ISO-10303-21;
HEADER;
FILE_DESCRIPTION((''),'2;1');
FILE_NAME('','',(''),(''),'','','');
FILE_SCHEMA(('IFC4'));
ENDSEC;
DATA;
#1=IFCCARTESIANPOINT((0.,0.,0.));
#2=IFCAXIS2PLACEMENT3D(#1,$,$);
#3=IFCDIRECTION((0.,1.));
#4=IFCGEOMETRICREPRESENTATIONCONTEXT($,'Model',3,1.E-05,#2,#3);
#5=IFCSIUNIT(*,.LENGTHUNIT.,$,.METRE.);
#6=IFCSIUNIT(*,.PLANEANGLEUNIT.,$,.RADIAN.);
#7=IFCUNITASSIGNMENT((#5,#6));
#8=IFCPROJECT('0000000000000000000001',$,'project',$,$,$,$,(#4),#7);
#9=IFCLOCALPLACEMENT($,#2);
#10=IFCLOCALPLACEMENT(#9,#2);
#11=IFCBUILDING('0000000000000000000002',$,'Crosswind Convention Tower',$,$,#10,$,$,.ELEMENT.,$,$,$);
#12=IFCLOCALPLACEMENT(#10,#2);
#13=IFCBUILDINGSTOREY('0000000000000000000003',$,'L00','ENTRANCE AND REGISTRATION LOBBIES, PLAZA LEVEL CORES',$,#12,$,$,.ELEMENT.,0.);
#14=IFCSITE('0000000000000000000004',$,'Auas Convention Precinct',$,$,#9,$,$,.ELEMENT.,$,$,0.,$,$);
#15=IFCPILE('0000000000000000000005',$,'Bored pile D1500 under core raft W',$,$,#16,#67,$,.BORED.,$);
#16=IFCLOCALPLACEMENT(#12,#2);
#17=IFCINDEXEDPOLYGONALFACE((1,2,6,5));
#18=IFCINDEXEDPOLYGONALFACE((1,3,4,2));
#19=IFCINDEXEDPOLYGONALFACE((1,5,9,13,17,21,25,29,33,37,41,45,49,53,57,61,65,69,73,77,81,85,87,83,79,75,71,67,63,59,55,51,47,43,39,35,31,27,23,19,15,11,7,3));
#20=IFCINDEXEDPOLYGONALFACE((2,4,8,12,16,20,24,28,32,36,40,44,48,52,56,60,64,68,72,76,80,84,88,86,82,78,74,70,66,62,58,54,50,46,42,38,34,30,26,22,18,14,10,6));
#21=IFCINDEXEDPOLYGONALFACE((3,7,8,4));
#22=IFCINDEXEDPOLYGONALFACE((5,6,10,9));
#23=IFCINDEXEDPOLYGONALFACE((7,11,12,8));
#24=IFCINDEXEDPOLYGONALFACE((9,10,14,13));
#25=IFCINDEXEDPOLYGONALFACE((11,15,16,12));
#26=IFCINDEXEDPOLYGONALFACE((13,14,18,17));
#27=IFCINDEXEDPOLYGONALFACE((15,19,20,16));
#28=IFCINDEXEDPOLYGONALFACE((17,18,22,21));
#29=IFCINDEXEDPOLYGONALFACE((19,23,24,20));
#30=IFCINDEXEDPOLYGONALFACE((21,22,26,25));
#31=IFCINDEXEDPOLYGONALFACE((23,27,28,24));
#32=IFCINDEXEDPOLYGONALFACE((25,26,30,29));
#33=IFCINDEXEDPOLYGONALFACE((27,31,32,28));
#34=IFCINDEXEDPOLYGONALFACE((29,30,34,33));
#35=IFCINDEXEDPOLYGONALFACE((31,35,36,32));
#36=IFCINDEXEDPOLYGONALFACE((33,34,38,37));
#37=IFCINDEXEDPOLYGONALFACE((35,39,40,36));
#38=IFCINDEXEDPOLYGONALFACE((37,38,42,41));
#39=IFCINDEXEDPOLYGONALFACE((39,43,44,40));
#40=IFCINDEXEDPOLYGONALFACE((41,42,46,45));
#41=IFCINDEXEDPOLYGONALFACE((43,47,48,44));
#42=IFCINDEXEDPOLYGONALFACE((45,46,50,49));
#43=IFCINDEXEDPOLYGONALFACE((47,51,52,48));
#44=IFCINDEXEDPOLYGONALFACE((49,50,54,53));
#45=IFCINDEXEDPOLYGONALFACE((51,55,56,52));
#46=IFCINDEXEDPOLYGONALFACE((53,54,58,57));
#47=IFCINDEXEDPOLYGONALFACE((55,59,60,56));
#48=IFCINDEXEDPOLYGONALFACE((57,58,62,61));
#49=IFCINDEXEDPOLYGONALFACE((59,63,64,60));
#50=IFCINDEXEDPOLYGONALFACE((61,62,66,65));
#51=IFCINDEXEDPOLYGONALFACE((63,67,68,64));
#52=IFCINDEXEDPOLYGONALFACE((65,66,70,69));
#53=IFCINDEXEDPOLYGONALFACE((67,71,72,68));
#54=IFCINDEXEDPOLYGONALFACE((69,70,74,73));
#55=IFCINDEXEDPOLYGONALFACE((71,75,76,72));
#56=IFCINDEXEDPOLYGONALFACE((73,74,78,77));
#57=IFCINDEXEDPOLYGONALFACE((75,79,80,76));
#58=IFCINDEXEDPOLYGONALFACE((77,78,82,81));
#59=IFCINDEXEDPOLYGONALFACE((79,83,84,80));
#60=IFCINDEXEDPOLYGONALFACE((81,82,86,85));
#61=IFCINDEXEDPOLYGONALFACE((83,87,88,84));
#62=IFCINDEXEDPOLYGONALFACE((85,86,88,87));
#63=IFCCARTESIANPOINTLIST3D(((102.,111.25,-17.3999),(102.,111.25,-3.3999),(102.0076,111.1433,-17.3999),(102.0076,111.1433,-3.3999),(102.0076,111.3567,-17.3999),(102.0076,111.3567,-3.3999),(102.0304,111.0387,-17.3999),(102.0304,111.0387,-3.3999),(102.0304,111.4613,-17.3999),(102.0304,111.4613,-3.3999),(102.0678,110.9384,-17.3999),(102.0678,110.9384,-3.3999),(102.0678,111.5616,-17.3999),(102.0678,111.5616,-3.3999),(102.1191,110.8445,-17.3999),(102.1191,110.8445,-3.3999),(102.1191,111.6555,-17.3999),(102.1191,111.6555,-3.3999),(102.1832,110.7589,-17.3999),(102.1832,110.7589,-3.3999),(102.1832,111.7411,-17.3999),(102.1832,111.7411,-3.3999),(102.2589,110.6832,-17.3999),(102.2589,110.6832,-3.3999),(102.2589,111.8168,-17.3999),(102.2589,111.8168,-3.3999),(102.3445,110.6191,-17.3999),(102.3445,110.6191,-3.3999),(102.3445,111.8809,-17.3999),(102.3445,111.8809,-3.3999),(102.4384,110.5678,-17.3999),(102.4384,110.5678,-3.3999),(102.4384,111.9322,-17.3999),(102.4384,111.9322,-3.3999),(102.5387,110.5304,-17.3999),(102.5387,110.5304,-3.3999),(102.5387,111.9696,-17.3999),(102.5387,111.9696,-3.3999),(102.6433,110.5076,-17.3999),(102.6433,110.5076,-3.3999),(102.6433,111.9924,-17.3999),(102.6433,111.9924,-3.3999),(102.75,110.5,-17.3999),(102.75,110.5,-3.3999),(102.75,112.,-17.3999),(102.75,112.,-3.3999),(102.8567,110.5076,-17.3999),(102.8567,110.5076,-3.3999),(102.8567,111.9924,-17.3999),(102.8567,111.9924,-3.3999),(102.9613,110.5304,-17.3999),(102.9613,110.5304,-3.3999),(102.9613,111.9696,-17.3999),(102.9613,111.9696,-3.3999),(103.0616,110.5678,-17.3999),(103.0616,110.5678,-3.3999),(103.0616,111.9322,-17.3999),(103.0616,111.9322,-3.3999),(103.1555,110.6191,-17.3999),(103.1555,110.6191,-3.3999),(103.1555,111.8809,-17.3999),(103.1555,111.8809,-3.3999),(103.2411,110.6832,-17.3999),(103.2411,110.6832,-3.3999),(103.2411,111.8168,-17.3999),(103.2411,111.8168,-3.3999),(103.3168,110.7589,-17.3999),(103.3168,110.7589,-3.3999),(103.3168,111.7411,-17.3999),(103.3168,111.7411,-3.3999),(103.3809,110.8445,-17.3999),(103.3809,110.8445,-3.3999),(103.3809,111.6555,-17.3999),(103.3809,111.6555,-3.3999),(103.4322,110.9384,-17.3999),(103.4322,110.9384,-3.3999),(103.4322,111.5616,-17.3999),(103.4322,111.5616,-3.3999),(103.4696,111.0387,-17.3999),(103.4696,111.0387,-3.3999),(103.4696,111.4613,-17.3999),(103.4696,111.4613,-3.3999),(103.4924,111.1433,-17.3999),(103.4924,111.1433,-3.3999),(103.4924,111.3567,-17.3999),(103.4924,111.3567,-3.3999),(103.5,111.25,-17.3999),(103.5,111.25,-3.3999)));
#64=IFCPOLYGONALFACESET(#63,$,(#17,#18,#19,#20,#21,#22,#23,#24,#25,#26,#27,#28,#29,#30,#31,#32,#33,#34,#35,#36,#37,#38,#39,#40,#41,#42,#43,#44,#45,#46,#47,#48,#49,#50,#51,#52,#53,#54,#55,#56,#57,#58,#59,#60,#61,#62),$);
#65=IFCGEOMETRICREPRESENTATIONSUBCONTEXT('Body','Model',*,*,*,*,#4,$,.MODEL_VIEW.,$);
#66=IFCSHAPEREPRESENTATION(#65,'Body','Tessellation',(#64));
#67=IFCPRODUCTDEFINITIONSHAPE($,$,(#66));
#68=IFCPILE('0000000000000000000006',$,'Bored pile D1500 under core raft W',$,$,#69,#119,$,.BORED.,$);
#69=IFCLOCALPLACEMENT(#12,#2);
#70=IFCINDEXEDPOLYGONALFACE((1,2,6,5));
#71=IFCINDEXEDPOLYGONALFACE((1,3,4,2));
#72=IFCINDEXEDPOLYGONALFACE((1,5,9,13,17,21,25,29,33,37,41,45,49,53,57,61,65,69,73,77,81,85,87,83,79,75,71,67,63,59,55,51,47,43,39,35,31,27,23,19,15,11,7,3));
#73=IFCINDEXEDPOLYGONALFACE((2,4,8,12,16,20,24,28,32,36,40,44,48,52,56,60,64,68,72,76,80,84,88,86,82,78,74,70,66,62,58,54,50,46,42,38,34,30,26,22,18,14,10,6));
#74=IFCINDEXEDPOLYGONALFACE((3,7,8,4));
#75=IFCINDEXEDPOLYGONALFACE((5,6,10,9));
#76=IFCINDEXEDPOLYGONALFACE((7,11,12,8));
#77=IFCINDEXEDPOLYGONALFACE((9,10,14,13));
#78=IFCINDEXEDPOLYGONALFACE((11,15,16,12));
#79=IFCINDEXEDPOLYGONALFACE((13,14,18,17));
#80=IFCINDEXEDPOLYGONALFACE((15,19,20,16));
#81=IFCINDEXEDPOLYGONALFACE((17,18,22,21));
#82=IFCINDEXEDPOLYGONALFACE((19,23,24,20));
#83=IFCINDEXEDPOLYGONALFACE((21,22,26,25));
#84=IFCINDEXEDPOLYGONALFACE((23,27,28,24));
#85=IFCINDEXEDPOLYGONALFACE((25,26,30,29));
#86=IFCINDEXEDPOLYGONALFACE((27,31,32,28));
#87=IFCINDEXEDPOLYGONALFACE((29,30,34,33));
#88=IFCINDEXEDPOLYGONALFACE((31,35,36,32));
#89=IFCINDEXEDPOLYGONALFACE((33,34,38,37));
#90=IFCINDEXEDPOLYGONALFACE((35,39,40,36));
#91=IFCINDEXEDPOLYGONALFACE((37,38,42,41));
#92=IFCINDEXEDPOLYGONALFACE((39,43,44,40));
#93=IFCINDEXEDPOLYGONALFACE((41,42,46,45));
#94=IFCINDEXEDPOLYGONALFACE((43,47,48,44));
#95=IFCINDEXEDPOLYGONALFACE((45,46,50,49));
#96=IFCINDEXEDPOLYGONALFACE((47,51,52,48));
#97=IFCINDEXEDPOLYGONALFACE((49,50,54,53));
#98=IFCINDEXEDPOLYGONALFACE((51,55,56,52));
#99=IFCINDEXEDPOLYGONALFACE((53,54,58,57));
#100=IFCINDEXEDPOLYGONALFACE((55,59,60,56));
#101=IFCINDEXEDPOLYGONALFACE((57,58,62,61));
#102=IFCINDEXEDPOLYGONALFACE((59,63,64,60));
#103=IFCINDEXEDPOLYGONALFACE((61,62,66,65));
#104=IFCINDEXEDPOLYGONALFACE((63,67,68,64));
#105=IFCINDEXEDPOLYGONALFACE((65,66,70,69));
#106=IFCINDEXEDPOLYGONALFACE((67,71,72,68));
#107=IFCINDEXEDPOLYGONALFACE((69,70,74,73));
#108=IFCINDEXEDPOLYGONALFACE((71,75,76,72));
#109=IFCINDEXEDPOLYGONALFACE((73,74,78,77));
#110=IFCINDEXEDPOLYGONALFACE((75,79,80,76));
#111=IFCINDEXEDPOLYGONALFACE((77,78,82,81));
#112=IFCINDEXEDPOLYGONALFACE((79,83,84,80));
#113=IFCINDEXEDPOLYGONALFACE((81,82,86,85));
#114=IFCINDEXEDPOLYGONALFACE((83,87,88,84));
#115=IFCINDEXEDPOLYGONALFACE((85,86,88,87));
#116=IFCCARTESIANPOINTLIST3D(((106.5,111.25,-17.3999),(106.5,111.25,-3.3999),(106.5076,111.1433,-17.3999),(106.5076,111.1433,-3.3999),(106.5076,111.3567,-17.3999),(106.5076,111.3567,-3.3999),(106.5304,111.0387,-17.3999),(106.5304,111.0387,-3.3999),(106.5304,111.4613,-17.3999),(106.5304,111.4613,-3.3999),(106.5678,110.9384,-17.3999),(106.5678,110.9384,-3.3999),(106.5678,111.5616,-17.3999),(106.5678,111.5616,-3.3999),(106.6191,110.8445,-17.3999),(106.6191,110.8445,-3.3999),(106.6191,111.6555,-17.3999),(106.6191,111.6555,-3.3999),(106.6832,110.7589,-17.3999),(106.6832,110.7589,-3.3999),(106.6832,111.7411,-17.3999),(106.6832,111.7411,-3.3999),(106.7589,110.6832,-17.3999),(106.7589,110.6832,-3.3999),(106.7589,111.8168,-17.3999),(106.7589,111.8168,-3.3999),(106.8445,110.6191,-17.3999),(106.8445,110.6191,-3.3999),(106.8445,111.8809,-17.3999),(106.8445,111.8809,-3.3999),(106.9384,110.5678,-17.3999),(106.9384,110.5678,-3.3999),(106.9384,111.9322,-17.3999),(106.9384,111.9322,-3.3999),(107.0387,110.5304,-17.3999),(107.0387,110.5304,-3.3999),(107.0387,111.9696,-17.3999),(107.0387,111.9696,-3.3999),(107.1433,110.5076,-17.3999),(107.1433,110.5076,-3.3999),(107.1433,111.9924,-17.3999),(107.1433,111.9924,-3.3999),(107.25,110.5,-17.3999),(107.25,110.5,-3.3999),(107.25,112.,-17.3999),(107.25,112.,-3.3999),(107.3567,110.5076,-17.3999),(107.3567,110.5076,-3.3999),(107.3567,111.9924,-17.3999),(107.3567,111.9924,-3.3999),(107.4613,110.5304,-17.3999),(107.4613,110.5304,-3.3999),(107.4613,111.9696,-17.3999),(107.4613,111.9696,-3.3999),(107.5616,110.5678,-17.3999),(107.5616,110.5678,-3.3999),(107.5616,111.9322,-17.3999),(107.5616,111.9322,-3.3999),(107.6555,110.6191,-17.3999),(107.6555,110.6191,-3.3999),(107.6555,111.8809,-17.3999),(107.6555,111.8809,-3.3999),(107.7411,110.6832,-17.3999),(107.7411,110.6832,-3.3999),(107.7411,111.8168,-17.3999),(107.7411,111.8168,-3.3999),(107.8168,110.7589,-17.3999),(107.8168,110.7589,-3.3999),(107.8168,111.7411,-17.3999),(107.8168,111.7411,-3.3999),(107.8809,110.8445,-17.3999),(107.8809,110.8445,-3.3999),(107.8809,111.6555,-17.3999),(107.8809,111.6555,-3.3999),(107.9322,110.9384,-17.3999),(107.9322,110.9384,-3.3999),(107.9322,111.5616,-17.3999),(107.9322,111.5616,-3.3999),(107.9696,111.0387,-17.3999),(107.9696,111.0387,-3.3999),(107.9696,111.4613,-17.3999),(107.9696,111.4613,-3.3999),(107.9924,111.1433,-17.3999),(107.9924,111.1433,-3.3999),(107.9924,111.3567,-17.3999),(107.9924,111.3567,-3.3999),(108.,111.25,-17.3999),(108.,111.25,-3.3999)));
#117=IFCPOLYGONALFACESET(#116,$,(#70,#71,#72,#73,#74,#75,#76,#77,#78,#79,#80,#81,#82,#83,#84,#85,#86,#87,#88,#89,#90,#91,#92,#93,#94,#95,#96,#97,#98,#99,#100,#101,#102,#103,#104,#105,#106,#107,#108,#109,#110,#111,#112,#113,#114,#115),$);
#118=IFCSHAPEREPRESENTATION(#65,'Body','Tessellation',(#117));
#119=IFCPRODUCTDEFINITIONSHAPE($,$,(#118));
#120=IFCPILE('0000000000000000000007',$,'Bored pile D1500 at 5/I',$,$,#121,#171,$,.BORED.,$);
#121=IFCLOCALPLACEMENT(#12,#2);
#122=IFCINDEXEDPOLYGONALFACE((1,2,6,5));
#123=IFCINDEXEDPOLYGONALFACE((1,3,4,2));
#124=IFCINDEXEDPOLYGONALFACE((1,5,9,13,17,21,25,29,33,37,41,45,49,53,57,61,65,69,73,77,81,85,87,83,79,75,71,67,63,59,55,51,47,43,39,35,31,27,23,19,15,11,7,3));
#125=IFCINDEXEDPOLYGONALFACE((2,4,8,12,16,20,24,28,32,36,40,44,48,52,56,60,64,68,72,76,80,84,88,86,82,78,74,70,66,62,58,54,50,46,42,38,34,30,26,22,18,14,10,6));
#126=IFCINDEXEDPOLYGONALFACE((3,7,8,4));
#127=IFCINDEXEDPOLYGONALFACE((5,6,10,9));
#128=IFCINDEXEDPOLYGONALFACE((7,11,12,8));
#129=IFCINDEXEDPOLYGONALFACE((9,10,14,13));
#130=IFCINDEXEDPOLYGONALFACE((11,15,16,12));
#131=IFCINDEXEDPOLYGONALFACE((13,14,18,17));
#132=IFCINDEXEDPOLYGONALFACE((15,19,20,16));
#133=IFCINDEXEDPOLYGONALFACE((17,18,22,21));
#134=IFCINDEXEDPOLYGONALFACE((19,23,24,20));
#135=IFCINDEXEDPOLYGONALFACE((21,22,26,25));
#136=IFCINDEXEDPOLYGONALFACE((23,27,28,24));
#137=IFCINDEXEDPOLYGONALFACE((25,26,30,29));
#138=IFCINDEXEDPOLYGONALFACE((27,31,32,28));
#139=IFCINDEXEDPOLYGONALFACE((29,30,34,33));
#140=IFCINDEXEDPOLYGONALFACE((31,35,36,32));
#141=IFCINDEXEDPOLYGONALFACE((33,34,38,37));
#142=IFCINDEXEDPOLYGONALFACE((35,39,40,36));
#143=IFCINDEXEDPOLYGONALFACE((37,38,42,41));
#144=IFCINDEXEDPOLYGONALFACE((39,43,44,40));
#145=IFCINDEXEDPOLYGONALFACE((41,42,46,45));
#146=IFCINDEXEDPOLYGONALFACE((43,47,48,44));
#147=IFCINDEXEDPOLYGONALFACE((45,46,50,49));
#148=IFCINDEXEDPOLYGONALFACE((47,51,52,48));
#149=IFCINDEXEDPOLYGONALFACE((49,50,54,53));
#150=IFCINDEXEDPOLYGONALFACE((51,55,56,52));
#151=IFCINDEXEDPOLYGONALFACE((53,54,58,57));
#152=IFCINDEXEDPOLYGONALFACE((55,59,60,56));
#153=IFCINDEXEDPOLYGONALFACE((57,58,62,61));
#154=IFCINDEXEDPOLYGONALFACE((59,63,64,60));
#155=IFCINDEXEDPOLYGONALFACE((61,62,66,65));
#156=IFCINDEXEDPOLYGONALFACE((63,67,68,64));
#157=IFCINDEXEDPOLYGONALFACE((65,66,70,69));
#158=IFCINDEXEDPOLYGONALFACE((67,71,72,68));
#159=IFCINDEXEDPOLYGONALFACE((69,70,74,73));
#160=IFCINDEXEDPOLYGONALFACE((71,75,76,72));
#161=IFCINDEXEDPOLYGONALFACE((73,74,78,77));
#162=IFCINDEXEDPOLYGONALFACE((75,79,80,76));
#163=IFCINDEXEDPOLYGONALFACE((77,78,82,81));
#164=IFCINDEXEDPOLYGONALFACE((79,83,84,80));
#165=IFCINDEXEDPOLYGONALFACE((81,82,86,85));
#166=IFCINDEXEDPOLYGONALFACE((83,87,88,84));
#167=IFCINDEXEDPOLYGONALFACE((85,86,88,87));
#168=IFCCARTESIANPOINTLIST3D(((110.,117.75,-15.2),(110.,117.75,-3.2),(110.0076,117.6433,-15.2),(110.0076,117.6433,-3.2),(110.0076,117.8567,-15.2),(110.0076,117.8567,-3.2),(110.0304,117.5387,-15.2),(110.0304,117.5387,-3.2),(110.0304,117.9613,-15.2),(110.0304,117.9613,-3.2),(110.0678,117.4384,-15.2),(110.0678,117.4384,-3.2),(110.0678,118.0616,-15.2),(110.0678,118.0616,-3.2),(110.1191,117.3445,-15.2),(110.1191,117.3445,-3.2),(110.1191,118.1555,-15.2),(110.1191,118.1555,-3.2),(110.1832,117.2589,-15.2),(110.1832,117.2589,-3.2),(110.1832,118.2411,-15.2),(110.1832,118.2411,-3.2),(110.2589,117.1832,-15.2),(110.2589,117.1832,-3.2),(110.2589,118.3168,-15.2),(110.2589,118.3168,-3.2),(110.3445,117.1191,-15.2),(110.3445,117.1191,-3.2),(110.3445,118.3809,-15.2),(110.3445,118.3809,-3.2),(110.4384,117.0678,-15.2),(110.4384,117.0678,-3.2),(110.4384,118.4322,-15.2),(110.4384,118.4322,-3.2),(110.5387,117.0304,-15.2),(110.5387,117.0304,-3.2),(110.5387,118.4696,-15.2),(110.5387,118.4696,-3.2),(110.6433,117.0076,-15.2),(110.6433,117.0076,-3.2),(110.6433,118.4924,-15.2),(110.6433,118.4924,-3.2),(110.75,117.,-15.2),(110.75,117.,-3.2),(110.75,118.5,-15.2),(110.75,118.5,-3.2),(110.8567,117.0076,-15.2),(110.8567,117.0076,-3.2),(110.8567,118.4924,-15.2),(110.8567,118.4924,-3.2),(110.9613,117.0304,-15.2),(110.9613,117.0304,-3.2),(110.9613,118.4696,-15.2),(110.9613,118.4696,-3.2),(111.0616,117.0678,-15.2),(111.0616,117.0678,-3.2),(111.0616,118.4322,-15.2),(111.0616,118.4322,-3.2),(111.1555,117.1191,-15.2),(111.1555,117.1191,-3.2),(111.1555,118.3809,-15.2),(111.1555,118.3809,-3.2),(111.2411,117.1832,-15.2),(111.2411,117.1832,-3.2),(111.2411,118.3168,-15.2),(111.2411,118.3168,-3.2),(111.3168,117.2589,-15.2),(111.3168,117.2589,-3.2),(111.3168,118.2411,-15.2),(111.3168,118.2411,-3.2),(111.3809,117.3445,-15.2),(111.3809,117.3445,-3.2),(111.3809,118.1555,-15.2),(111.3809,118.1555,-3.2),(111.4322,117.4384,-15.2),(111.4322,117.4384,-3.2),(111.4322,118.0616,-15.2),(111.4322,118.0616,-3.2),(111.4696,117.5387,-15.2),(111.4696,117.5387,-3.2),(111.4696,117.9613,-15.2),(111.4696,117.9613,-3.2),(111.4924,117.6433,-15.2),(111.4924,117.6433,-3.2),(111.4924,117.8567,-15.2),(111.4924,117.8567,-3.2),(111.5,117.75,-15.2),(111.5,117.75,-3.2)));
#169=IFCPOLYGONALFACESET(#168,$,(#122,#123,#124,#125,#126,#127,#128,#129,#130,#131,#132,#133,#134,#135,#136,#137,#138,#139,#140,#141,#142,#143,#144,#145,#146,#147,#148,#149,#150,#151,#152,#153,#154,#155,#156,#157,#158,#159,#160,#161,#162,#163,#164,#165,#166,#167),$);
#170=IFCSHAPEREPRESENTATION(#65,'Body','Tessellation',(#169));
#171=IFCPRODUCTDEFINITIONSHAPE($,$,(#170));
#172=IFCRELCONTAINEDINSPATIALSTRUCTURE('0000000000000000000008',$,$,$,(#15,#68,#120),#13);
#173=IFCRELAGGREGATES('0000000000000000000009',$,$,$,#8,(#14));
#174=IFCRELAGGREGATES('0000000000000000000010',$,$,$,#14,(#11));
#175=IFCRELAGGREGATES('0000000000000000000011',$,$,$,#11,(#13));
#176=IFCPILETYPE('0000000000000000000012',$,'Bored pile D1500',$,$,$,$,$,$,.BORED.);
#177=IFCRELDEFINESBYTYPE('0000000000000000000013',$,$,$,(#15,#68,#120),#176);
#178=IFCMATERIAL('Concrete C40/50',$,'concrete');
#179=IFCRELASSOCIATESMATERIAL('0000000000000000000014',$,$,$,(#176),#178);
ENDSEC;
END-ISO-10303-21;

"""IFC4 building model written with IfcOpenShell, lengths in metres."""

from ifc_helpers import new_model, si_unit, direction, frame, origin, origin_2d, place, context, subcontext, project, spatial, circle, extrude, material, material_profile, profile_set, type_object, element, save


model = new_model("IFC4")

# Units and contexts
model_context = context("Model", 3, precision=1e-05, world=origin(), true_north=direction((0.0, 1.0)))
body_context = subcontext(model_context, "Body", "Model", "MODEL_VIEW")
ifc_project = project(units=[si_unit("LENGTHUNIT", "METRE"), si_unit("PLANEANGLEUNIT", "RADIAN")], contexts=[model_context])

# Site, building, storey
site_placement = place(None, origin())
site = spatial("IfcSite", under=ifc_project, at=site_placement, Name="Auas Convention Precinct", CompositionType="ELEMENT", RefElevation=0.0)
building_placement = place(site_placement, origin())
building = spatial("IfcBuilding", under=site, at=building_placement, Name="Crosswind Convention Tower", CompositionType="ELEMENT")
storey_placement = place(building_placement, origin())
storey = spatial("IfcBuildingStorey", under=building, at=storey_placement, Name="L00", Description="ENTRANCE AND REGISTRATION LOBBIES, PLAZA LEVEL CORES", CompositionType="ELEMENT", Elevation=0.0)

# Piles
ifc_material_1 = material(Name="Concrete C40/50", Category="concrete")
ifc_material_profile_1 = material_profile(ifc_material_1, circle(Radius=0.75, at=origin_2d()), Name="Bored pile D1500")
ifc_profile_set_1 = profile_set([ifc_material_profile_1], Name="Concrete C40/50")
pile_type_1 = type_object("IfcPileType", Name="Bored pile D1500", PredefinedType="BORED", material=ifc_profile_set_1)
for number, where, z_axis, x_axis, name in (
    (1, (102.75, 111.25, -3.3999), (0.0, 0.0, -1.0), (1.0, 0.0, 0.0), "Bored pile D1500 under core raft W"),
    (2, (107.25, 111.25, -3.3999), (0.0, 0.0, -1.0), (1.0, 0.0, 0.0), "Bored pile D1500 under core raft W"),
):
    element("IfcPile", number, at=place(storey_placement, frame(where, z_axis=z_axis, x_axis=x_axis)), inside=storey, type_object=pile_type_1, Name=name, PredefinedType="BORED", context=body_context, shape_type="SweptSolid", body=[
        extrude(circle(Radius=0.75, at=origin_2d()), origin(), (0.0, 0.0, 1.0), 14.0),
    ])
for number, where, z_axis, x_axis, name in (
    (3, (110.75, 117.75, -3.2), (0.0, 0.0, -1.0), (1.0, 0.0, 0.0), "Bored pile D1500 at 5/I"),
):
    element("IfcPile", number, at=place(storey_placement, frame(where, z_axis=z_axis, x_axis=x_axis)), inside=storey, type_object=pile_type_1, Name=name, PredefinedType="BORED", context=body_context, shape_type="SweptSolid", body=[
        extrude(circle(Radius=0.75, at=origin_2d()), origin(), (0.0, 0.0, 1.0), 12.0),
    ])

save(model, "model.ifc")
